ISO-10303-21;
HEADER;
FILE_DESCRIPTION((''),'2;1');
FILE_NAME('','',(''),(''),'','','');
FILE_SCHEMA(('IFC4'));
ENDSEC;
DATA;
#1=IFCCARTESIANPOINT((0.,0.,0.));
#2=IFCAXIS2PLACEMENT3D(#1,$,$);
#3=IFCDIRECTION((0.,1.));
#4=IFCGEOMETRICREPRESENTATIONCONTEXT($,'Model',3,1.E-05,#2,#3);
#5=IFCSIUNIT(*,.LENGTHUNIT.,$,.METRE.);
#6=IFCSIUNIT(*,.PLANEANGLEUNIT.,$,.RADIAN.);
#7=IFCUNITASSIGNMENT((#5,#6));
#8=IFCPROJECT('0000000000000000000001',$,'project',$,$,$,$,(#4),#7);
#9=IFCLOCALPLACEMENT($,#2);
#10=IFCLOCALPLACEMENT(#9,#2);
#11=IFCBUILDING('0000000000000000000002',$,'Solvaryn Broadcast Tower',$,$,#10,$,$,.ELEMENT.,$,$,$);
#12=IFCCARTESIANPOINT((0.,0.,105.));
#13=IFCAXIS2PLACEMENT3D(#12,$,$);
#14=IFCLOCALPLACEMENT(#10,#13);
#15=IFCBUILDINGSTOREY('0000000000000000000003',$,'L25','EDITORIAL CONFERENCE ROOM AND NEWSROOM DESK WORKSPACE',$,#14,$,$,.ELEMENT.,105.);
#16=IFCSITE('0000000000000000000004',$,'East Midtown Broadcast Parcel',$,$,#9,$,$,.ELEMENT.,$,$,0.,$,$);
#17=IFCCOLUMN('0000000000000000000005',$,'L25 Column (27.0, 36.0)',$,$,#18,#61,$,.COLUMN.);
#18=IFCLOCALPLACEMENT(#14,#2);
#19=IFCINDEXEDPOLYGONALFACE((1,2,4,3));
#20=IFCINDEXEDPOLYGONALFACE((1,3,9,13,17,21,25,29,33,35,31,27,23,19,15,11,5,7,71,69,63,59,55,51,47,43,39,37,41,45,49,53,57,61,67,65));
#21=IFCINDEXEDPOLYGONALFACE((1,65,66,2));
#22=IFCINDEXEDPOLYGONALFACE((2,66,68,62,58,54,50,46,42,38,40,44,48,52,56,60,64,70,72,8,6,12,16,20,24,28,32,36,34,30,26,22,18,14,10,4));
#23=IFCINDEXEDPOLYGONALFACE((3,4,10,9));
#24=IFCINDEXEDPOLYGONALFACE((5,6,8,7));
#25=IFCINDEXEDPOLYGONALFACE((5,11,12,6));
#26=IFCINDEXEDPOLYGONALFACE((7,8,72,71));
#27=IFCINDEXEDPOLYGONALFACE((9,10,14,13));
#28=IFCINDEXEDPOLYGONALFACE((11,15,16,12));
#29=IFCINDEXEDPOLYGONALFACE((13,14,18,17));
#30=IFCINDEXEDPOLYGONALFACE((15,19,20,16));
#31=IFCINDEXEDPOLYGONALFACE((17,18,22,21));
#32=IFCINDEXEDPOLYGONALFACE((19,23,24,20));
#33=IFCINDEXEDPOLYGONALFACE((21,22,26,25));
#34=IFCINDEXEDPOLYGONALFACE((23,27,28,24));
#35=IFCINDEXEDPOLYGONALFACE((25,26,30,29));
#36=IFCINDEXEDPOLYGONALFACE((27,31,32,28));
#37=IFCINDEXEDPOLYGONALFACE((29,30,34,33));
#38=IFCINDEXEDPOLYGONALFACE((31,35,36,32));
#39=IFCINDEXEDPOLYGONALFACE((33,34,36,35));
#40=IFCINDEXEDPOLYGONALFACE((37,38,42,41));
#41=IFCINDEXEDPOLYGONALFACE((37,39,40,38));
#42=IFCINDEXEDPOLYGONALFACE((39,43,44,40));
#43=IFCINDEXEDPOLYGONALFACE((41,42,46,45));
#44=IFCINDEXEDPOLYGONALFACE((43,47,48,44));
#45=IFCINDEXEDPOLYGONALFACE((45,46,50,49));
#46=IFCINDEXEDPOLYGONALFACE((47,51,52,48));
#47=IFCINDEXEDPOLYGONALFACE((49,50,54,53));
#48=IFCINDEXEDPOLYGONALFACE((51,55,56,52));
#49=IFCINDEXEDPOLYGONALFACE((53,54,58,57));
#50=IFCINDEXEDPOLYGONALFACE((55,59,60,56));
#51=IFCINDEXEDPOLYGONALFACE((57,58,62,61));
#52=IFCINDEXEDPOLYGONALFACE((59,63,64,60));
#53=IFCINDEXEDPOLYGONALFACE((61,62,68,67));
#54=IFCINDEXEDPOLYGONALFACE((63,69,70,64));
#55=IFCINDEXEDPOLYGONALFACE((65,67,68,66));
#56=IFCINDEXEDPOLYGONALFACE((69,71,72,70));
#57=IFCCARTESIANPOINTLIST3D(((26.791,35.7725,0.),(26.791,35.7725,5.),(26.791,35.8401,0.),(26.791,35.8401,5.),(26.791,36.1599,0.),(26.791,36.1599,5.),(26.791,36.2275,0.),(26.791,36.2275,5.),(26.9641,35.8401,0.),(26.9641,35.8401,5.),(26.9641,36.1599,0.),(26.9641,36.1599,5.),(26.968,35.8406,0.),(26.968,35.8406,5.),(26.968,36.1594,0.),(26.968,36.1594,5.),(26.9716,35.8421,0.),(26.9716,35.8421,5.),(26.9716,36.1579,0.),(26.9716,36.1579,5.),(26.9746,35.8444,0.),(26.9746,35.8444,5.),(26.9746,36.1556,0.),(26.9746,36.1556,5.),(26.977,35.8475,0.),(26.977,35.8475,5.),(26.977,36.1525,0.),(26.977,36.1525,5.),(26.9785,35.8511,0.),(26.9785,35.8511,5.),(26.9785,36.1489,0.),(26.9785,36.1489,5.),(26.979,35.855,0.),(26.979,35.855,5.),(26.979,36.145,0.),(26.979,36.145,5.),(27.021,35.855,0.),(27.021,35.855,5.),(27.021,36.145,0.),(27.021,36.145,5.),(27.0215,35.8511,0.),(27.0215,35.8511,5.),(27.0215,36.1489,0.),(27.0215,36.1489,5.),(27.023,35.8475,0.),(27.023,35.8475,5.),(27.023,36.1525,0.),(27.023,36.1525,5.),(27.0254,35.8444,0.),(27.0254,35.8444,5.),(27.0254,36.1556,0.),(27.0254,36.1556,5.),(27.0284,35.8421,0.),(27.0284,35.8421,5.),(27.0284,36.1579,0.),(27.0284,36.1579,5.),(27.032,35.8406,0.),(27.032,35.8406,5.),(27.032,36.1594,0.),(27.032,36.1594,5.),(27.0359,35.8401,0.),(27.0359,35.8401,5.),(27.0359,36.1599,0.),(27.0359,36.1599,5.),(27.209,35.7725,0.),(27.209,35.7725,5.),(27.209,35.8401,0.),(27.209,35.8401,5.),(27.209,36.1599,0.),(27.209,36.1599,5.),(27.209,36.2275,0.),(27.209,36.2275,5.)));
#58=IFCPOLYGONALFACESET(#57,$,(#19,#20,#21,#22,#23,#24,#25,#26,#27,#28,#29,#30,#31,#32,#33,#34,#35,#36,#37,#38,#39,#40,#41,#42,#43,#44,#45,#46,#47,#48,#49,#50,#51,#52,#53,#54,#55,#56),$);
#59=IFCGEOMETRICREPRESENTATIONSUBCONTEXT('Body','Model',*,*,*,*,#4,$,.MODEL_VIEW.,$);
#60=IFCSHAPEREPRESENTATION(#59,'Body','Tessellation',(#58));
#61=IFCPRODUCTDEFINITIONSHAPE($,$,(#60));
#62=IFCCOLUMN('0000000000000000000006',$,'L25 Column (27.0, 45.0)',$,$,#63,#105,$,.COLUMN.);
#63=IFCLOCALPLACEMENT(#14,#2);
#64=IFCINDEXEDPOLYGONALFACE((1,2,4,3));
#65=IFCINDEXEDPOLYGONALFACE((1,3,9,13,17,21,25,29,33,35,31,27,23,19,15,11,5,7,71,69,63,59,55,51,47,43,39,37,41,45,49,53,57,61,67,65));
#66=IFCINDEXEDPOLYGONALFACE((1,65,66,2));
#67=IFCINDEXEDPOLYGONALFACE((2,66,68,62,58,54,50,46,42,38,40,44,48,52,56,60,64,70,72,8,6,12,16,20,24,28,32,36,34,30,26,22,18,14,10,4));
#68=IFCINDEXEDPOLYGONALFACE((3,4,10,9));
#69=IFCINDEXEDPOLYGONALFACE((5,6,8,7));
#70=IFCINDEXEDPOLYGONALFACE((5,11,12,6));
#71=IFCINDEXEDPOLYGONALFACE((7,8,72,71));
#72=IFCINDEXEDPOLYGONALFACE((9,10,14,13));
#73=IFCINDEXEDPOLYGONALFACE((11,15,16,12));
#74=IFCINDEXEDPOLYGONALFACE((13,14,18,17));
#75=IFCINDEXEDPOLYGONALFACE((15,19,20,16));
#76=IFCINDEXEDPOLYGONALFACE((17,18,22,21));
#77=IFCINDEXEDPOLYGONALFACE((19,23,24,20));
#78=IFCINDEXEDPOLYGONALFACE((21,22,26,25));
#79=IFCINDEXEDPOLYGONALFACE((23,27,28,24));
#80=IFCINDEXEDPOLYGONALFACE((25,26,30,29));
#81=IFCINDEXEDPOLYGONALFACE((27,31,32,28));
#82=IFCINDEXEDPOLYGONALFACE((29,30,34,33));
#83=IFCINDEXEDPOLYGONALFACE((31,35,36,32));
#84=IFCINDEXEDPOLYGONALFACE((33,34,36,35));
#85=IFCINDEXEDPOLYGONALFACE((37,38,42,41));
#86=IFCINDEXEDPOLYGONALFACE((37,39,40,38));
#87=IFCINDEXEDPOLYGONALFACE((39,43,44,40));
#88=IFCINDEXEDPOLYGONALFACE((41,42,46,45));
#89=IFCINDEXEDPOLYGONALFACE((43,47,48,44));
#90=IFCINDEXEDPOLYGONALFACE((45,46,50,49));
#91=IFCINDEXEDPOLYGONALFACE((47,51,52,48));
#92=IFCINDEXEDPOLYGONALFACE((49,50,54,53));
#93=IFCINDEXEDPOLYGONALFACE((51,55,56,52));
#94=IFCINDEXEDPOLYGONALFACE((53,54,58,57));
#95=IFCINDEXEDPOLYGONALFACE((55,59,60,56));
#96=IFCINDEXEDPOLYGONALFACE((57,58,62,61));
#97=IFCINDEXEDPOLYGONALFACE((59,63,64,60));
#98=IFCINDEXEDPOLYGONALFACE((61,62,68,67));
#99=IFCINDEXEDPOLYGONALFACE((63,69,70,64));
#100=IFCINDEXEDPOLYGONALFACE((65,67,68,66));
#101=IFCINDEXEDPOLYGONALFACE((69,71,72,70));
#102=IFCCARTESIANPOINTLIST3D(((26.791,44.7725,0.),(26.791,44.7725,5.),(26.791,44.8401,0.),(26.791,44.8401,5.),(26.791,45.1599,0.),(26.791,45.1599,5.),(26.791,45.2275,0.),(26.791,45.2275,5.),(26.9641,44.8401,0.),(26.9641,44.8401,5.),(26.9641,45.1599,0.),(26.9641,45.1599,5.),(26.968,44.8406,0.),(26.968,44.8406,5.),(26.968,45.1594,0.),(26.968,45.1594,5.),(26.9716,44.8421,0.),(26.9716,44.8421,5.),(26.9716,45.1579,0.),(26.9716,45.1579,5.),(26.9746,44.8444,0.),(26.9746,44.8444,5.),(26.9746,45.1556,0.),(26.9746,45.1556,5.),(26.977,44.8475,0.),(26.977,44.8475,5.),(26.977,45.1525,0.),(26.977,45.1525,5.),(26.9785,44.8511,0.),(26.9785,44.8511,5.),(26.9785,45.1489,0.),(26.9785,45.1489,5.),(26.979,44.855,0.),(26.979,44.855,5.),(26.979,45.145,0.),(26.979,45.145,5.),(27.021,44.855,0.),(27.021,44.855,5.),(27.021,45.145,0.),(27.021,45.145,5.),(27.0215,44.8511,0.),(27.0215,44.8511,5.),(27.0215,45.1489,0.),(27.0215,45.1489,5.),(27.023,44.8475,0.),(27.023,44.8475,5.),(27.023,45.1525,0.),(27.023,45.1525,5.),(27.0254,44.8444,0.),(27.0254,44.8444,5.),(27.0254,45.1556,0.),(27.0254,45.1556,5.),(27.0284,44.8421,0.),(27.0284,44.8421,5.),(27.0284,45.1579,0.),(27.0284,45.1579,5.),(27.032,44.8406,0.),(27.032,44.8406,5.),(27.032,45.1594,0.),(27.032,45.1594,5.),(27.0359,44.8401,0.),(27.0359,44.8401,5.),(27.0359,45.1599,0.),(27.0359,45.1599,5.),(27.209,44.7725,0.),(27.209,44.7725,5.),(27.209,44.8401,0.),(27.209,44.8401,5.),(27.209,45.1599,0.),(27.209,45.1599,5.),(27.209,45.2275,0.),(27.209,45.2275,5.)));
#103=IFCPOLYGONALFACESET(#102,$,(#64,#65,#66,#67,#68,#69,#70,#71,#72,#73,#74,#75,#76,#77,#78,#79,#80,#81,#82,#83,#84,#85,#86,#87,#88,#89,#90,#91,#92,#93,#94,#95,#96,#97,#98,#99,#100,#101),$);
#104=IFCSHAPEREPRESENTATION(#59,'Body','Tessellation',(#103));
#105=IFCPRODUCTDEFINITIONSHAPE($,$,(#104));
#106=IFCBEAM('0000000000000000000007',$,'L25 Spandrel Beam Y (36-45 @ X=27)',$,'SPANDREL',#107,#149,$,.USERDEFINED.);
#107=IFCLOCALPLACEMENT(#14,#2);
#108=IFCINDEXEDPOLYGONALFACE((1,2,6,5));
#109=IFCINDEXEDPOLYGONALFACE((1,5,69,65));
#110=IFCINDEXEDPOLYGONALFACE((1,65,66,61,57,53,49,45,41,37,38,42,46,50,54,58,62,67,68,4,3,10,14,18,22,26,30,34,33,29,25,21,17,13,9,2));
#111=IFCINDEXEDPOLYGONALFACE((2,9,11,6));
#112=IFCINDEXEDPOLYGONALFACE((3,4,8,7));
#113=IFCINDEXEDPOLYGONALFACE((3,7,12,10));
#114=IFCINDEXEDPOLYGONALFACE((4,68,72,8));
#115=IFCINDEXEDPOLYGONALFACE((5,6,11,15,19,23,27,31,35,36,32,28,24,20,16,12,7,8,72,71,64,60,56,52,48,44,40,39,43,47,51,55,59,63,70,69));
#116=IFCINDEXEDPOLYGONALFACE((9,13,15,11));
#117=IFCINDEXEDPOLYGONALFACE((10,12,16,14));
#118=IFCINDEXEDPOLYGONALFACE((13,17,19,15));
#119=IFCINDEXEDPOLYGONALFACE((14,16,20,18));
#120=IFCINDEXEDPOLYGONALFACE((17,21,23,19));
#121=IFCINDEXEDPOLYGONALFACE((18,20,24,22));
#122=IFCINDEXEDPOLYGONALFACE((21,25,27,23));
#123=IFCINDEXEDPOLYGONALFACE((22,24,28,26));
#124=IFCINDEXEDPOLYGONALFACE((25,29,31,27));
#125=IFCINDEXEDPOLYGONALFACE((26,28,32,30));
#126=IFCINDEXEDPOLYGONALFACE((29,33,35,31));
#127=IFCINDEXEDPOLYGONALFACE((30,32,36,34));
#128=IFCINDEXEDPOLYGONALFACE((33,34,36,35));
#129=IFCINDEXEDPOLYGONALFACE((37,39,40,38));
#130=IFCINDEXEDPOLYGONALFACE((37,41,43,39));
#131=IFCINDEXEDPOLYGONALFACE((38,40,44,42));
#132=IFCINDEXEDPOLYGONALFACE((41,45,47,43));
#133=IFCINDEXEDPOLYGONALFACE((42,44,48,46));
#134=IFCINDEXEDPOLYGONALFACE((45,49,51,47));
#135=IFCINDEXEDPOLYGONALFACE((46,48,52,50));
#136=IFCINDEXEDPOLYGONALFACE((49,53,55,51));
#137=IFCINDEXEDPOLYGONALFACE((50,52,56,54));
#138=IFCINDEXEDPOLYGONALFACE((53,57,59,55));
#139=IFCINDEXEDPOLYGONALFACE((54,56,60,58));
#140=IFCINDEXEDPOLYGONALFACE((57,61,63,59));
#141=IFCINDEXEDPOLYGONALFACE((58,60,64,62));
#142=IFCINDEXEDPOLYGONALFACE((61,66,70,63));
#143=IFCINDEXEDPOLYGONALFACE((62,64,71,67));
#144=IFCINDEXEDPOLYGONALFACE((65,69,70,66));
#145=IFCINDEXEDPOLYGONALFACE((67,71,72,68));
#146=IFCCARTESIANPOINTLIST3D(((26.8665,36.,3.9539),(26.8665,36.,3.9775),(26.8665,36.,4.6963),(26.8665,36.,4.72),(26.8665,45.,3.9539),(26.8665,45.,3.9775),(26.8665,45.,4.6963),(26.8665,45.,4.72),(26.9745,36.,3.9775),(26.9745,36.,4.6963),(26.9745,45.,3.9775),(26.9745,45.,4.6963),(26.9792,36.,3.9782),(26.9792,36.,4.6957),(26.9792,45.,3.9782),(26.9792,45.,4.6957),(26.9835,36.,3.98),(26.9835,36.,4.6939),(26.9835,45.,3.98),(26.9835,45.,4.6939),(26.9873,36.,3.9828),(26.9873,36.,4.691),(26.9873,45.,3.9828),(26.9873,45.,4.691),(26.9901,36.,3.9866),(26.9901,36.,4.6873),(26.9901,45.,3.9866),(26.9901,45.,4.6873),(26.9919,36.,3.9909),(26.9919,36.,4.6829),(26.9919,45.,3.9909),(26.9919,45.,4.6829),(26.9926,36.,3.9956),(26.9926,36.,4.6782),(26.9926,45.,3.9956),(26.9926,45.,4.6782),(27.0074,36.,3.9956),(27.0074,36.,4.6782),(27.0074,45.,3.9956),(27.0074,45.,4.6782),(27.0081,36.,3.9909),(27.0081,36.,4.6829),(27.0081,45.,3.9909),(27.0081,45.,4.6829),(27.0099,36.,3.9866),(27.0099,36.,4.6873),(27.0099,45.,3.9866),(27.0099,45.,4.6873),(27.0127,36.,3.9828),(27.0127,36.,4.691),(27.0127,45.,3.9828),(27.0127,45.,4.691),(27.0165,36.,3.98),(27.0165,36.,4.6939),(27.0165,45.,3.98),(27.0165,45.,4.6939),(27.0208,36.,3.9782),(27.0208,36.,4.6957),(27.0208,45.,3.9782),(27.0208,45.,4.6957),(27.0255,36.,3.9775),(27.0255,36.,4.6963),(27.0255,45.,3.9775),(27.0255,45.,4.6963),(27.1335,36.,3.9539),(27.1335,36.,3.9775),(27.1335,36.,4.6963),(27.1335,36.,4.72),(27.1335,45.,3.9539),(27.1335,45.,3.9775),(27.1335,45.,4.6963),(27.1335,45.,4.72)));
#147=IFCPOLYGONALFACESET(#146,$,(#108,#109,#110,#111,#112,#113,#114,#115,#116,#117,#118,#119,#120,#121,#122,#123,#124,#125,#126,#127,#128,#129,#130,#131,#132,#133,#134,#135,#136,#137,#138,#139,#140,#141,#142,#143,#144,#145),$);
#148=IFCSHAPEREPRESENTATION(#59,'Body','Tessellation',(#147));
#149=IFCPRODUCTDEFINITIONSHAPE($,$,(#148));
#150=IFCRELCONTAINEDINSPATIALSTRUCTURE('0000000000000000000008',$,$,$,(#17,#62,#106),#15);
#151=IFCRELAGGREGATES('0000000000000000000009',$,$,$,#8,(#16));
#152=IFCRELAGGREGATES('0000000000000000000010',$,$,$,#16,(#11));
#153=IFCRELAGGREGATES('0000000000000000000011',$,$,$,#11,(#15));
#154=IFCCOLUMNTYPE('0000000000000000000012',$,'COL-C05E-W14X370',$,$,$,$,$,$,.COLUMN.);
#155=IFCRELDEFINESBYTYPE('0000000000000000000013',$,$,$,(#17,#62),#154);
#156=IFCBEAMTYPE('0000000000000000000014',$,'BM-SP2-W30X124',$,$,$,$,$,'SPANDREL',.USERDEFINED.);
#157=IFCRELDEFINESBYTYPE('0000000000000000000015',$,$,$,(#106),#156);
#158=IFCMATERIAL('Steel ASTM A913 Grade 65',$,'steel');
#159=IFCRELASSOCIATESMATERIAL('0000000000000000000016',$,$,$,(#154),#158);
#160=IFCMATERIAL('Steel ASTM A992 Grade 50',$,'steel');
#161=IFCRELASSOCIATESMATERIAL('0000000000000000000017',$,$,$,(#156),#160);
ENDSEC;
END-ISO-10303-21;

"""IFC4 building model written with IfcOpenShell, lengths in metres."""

from ifc_helpers import new_model, si_unit, direction, frame, origin, origin_2d, place, context, subcontext, project, spatial, i_section, extrude, material, material_profile, profile_set, type_object, element, save


model = new_model("IFC4")

# Units and contexts
model_context = context("Model", 3, precision=1e-05, world=origin(), true_north=direction((0.0, 1.0)))
body_context = subcontext(model_context, "Body", "Model", "MODEL_VIEW")
ifc_project = project(units=[si_unit("LENGTHUNIT", "METRE"), si_unit("PLANEANGLEUNIT", "RADIAN")], contexts=[model_context])

# Site, building, storey
site_placement = place(None, origin())
site = spatial("IfcSite", under=ifc_project, at=site_placement, Name="East Midtown Broadcast Parcel", CompositionType="ELEMENT", RefElevation=0.0)
building_placement = place(site_placement, origin())
building = spatial("IfcBuilding", under=site, at=building_placement, Name="Solvaryn Broadcast Tower", CompositionType="ELEMENT")
storey_placement = place(building_placement, frame((0.0, 0.0, 105.0)))
storey = spatial("IfcBuildingStorey", under=building, at=storey_placement, Name="L25", Description="EDITORIAL CONFERENCE ROOM AND NEWSROOM DESK WORKSPACE", CompositionType="ELEMENT", Elevation=105.0)

# Columns
ifc_material_1 = material(Name="Steel ASTM A913 Grade 65", Category="steel")
ifc_material_profile_1 = material_profile(ifc_material_1, i_section(OverallWidth=0.418, OverallDepth=0.4551, WebThickness=0.042, FlangeThickness=0.0676, FilletRadius=0.0149, at=origin_2d()))
ifc_profile_set_1 = profile_set([ifc_material_profile_1], Name="Steel ASTM A913 Grade 65")
column_type = type_object("IfcColumnType", Name="COL-C05E-W14X370", PredefinedType="COLUMN", material=ifc_profile_set_1)
for number, where, z_axis, x_axis, name in (
    (1, (27.0, 36.0, 0.0), (0.0, 0.0, 1.0), (1.0, 0.0, 0.0), "L25 Column (27.0, 36.0)"),
    (2, (27.0, 45.0, 0.0), (0.0, 0.0, 1.0), (1.0, 0.0, 0.0), "L25 Column (27.0, 45.0)"),
):
    element("IfcColumn", number, at=place(storey_placement, frame(where, z_axis=z_axis, x_axis=x_axis)), inside=storey, type_object=column_type, Name=name, PredefinedType="COLUMN", context=body_context, shape_type="SweptSolid", body=[
        extrude(i_section(OverallWidth=0.418, OverallDepth=0.4551, WebThickness=0.042, FlangeThickness=0.0676, FilletRadius=0.0149, at=origin_2d()), origin(), (0.0, 0.0, 1.0), 5.0),
    ])

# Beam
ifc_material_2 = material(Name="Steel ASTM A992 Grade 50", Category="steel")
ifc_material_profile_2 = material_profile(ifc_material_2, i_section(OverallWidth=0.2671, OverallDepth=0.7661, WebThickness=0.0149, FlangeThickness=0.0237, FilletRadius=0.0181, at=origin_2d()))
ifc_profile_set_2 = profile_set([ifc_material_profile_2], Name="Steel ASTM A992 Grade 50")
beam_type = type_object("IfcBeamType", Name="BM-SP2-W30X124", ElementType="SPANDREL", PredefinedType="USERDEFINED", material=ifc_profile_set_2)
beam_placement = place(storey_placement, frame((27.0, 36.0, 4.3369), z_axis=(0.0, 1.0, 0.0), x_axis=(-1.0, 0.0, 0.0)))
element("IfcBeam", 3, at=beam_placement, inside=storey, type_object=beam_type, Name="L25 Spandrel Beam Y (36-45 @ X=27)", ObjectType="SPANDREL", PredefinedType="USERDEFINED", context=body_context, shape_type="SweptSolid", body=[
    extrude(i_section(OverallWidth=0.2671, OverallDepth=0.7661, WebThickness=0.0149, FlangeThickness=0.0237, FilletRadius=0.0181, at=origin_2d()), origin(), (0.0, 0.0, 1.0), 9.0),
])

save(model, "model.ifc")
